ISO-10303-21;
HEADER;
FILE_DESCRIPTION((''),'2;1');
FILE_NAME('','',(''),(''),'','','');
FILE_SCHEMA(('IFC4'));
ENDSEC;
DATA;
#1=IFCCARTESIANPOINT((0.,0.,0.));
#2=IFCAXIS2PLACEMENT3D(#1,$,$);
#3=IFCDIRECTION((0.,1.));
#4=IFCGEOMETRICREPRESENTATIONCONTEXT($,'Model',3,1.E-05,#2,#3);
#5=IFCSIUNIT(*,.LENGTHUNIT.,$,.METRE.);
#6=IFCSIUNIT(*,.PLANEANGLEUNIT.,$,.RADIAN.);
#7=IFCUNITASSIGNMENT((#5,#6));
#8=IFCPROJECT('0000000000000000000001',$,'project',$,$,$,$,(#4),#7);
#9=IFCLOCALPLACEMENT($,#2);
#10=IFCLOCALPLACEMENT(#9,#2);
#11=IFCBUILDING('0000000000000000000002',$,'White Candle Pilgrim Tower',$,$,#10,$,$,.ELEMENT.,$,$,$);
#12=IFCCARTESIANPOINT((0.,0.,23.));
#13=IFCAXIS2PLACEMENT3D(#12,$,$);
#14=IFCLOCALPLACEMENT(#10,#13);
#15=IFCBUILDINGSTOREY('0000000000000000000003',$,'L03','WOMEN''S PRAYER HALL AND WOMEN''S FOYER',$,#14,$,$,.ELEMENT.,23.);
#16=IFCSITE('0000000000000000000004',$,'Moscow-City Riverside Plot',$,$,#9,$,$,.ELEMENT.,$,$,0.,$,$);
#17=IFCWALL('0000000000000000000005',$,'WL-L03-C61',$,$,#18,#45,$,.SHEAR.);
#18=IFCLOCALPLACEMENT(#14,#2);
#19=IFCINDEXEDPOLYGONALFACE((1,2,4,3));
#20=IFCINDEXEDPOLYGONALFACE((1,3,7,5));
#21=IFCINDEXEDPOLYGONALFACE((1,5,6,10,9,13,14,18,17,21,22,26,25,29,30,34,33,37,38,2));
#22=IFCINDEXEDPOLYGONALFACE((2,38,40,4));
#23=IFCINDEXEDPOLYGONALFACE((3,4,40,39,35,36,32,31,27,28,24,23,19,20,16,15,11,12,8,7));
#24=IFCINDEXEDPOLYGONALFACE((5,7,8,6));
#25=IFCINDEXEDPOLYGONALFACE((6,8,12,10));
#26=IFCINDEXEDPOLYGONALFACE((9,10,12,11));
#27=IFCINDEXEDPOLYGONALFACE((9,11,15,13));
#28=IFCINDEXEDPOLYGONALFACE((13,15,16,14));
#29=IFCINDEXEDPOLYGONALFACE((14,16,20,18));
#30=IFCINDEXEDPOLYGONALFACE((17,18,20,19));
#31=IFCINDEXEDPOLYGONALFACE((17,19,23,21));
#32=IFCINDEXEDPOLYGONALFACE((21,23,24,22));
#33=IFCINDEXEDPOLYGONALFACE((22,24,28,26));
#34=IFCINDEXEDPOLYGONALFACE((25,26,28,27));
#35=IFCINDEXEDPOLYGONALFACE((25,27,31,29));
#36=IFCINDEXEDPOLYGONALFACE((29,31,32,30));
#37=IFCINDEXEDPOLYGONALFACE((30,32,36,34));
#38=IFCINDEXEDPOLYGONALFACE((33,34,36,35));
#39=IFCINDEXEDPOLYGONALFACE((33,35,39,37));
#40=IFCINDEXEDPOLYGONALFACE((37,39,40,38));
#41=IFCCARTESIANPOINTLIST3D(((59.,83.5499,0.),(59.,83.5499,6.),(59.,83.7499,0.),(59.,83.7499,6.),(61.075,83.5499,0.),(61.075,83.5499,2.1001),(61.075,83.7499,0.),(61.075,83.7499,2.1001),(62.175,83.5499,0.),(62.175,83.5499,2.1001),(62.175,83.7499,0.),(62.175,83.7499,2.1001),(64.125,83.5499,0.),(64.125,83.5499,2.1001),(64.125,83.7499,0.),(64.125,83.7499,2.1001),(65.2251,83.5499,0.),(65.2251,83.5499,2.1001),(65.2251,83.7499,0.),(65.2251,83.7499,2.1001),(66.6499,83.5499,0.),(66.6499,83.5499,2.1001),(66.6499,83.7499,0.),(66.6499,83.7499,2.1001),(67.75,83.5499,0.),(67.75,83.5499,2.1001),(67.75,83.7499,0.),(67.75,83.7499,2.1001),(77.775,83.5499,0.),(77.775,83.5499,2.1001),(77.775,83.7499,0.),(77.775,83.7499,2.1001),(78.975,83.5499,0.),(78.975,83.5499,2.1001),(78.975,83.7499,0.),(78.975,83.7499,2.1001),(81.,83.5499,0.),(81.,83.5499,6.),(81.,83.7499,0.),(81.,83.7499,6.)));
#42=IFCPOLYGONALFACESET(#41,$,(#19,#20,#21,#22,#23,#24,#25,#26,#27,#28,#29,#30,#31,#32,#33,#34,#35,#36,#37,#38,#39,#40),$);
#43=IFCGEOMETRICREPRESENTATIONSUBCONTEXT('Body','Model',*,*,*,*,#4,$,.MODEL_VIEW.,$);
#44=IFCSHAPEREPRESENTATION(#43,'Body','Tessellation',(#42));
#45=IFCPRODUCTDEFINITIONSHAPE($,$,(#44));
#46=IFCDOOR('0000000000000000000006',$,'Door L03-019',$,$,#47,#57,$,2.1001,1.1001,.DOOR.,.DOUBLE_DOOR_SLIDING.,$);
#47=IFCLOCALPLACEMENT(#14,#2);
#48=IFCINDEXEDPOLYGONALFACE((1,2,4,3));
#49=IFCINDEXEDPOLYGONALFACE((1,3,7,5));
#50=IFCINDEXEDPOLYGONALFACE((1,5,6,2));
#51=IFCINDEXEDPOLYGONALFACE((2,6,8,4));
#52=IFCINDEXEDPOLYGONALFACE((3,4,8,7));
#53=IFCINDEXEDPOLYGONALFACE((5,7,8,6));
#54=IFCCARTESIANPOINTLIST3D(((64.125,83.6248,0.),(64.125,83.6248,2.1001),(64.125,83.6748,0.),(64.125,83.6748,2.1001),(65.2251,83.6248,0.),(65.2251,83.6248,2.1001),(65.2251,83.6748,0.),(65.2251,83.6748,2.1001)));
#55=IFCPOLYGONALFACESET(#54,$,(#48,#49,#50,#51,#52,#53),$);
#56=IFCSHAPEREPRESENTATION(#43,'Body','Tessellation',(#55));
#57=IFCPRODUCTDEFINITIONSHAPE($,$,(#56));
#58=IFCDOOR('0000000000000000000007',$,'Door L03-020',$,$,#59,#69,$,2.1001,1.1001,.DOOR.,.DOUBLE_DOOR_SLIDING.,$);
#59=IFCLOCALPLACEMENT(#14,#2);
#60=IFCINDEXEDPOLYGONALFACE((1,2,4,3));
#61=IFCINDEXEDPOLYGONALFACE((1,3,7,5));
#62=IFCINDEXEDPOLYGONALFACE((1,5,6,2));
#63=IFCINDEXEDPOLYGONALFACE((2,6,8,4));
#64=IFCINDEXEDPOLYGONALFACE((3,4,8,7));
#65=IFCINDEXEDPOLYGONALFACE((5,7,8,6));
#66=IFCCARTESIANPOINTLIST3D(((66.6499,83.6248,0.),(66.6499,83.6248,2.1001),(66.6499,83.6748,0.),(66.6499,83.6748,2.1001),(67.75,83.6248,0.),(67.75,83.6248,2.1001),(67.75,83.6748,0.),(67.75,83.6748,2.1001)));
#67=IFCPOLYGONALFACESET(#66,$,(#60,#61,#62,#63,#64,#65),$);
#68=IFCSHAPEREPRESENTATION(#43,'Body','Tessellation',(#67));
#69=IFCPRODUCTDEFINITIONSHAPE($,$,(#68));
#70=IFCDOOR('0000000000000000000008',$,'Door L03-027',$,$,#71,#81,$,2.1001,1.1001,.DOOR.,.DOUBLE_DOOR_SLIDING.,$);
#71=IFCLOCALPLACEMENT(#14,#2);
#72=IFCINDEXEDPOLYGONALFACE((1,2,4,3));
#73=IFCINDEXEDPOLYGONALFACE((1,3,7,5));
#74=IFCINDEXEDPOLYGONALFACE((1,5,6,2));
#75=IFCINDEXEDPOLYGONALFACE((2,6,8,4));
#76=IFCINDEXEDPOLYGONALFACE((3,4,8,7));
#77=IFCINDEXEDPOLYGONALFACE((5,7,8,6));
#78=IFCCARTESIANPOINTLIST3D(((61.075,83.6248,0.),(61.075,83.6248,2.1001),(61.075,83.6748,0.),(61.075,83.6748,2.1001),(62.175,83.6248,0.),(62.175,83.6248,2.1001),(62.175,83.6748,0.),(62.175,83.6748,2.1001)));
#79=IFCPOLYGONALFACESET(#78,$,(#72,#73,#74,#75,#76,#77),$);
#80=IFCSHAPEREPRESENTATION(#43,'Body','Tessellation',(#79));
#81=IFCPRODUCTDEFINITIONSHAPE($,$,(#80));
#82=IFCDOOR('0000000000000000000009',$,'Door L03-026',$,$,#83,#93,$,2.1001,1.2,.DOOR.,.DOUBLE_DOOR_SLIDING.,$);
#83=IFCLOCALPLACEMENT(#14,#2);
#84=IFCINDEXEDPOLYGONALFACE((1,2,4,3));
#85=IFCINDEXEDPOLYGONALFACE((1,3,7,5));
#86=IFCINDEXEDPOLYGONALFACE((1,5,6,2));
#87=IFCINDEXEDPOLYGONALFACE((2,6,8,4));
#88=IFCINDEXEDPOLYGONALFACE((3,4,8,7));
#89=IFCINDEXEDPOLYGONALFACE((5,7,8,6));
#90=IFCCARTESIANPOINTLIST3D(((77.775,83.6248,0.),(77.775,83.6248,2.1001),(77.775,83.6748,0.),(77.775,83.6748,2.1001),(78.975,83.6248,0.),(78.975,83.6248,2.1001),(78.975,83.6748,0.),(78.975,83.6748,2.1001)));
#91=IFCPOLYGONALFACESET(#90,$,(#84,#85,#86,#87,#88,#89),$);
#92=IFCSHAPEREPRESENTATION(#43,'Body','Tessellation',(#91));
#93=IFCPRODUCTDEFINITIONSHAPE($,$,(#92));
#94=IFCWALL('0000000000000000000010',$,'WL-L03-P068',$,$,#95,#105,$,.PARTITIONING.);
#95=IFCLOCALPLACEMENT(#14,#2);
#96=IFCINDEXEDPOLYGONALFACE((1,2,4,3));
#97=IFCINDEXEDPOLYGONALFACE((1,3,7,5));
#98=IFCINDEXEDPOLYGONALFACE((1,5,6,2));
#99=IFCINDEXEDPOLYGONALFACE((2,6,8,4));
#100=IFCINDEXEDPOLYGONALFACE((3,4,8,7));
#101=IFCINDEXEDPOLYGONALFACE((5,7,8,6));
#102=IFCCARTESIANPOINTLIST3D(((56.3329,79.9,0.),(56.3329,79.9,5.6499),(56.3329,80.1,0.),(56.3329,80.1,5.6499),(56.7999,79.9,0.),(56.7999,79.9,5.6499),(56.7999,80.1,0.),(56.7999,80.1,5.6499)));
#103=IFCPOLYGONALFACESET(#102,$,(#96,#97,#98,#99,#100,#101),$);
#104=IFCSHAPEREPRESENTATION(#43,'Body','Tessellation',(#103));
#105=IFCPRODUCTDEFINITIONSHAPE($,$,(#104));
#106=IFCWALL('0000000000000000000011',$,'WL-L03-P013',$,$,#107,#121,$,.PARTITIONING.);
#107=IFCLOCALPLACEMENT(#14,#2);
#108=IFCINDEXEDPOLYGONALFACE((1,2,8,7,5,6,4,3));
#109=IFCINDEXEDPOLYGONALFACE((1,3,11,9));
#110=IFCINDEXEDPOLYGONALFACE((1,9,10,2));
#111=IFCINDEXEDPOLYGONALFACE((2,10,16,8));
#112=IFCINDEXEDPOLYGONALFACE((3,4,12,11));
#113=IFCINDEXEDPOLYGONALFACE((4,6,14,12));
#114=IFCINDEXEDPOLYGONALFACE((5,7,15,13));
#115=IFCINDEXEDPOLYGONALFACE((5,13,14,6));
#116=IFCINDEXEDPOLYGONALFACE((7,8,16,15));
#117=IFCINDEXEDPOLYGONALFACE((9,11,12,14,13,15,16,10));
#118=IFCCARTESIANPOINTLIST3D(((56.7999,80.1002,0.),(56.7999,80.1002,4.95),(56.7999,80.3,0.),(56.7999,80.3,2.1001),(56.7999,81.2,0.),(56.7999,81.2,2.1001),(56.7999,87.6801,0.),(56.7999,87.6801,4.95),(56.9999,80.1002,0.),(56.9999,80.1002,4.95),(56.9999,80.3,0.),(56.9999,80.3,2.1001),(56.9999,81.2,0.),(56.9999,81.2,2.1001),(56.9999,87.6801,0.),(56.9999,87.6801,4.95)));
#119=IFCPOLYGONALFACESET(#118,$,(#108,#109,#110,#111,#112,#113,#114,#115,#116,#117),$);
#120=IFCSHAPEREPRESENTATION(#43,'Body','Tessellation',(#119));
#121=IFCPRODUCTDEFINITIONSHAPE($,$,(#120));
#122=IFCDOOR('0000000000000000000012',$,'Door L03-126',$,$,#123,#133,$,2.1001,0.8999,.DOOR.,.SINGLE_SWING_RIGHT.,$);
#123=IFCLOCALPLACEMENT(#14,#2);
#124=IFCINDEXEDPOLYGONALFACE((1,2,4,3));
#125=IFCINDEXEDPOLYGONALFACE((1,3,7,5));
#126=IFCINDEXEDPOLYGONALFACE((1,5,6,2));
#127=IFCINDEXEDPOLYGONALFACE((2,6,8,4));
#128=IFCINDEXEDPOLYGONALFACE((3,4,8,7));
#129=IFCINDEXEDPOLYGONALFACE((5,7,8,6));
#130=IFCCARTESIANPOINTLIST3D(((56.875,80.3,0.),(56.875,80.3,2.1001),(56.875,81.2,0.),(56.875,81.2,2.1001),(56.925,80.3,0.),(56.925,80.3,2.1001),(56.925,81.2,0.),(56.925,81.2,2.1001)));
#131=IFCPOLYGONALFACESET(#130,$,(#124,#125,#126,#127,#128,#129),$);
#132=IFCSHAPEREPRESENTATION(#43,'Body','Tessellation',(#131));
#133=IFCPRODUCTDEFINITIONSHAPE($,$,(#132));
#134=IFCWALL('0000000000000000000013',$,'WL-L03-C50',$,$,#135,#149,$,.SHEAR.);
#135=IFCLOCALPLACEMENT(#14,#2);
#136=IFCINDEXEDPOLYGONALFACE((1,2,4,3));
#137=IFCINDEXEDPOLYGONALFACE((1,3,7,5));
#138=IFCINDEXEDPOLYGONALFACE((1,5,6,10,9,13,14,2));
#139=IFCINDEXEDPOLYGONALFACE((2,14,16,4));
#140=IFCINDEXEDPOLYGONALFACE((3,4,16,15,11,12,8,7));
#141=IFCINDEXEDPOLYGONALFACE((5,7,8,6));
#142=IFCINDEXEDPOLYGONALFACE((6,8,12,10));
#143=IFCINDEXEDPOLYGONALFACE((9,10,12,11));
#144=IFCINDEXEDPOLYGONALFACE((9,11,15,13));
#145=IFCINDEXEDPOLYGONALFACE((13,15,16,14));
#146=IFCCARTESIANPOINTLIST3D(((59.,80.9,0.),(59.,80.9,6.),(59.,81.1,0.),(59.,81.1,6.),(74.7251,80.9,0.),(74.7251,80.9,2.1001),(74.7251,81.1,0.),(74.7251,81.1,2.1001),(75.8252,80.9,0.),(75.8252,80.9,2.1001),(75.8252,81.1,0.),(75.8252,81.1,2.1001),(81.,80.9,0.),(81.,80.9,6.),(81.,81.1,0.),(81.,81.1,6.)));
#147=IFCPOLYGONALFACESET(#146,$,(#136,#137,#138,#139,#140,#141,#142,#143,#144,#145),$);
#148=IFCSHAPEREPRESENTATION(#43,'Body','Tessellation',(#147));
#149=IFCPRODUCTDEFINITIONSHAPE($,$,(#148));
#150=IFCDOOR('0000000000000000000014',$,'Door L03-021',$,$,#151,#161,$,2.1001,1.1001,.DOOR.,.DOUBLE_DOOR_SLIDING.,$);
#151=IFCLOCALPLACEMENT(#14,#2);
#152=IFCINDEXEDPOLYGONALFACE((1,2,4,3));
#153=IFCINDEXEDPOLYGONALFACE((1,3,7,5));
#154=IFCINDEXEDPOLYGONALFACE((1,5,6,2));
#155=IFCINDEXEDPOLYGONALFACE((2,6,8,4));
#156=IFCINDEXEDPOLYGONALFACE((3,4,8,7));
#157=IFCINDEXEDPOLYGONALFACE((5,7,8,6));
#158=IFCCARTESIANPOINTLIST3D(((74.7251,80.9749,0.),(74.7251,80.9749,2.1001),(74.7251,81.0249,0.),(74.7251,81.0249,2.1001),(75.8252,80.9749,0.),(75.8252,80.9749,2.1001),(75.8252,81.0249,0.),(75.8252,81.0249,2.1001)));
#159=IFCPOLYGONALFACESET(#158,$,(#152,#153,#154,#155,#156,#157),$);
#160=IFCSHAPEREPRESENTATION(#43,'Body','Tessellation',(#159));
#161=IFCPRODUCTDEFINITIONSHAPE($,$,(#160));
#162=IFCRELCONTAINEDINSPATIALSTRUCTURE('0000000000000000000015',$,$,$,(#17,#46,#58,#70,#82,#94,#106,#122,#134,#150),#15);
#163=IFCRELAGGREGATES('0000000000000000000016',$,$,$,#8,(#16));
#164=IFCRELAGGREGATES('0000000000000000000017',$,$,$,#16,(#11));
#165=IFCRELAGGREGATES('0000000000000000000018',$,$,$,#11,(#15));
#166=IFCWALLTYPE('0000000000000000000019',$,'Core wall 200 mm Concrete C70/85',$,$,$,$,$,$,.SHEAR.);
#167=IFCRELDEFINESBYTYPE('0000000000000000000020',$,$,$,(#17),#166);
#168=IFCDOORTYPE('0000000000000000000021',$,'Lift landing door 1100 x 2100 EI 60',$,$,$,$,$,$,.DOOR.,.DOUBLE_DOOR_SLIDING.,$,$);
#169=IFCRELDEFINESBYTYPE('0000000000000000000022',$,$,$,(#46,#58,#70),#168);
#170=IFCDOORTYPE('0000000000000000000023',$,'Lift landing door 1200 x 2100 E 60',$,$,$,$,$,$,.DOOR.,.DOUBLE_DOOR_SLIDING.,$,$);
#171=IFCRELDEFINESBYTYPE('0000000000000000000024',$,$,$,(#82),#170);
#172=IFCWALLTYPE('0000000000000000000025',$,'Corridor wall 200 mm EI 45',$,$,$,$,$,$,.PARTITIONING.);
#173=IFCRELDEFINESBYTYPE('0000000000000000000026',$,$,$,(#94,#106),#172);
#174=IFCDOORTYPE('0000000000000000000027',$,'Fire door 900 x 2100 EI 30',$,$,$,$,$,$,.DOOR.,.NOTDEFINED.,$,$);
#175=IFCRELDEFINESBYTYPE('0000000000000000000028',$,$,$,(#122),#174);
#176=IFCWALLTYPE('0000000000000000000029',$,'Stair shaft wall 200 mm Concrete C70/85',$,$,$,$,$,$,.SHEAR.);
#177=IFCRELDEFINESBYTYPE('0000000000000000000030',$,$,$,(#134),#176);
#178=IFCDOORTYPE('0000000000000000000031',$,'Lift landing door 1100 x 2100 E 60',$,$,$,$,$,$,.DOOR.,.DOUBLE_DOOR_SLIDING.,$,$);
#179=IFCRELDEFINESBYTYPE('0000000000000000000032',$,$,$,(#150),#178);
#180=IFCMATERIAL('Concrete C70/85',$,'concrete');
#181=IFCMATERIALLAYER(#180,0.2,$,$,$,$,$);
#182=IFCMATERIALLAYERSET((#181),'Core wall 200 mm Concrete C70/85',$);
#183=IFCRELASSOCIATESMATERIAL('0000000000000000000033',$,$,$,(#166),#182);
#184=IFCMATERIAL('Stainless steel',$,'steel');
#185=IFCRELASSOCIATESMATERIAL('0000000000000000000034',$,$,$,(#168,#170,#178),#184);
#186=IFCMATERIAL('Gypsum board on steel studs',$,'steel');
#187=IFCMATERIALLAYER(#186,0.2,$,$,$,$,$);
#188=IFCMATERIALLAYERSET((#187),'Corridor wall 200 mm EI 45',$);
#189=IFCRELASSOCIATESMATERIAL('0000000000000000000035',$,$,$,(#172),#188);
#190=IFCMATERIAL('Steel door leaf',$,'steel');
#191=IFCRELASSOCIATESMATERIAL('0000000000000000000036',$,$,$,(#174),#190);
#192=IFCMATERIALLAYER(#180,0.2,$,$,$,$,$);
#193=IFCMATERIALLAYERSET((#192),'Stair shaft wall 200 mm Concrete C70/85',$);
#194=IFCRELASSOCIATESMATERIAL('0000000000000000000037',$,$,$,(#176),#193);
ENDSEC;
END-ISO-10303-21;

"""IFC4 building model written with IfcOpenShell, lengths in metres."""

from ifc_helpers import new_model, si_unit, direction, frame, frame_2d, origin, place, context, subcontext, project, spatial, rectangle, extrude, material, layer, layer_set, type_object, element, fill, save


model = new_model("IFC4")

# Units and contexts
model_context = context("Model", 3, precision=1e-05, world=origin(), true_north=direction((0.0, 1.0)))
body_context = subcontext(model_context, "Body", "Model", "MODEL_VIEW")
ifc_project = project(units=[si_unit("LENGTHUNIT", "METRE"), si_unit("PLANEANGLEUNIT", "RADIAN")], contexts=[model_context])

# Site, building, storey
site_placement = place(None, origin())
site = spatial("IfcSite", under=ifc_project, at=site_placement, Name="Moscow-City Riverside Plot", CompositionType="ELEMENT", RefElevation=0.0)
building_placement = place(site_placement, origin())
building = spatial("IfcBuilding", under=site, at=building_placement, Name="White Candle Pilgrim Tower", CompositionType="ELEMENT")
storey_placement = place(building_placement, frame((0.0, 0.0, 23.0)))
storey = spatial("IfcBuildingStorey", under=building, at=storey_placement, Name="L03", Description="WOMEN'S PRAYER HALL AND WOMEN'S FOYER", CompositionType="ELEMENT", Elevation=23.0)

# Shared definitions
ifc_material_1 = material(Name="Concrete C70/85", Category="concrete")
ifc_layer_1 = layer(ifc_material_1, 0.2)
ifc_layer_set_1 = layer_set([ifc_layer_1], Name="Core wall 200 mm Concrete C70/85")
wall_type_1 = type_object("IfcWallType", Name="Core wall 200 mm Concrete C70/85", PredefinedType="SHEAR", material=ifc_layer_set_1)

# Wall, openings, doors
wall_1_placement = place(storey_placement, frame((59.0, 83.6499, 0.0), z_axis=(0.0, 0.0, 1.0), x_axis=(1.0, 0.0, 0.0)))
wall_1 = element("IfcWall", 1, at=wall_1_placement, inside=storey, type_object=wall_type_1, Name="WL-L03-C61", PredefinedType="SHEAR", context=body_context, shape_type="SweptSolid", body=[
    extrude(rectangle(XDim=22.0, YDim=0.2, at=frame_2d((11.0, 0.0))), origin(), (0.0, 0.0, 1.0), 6.0),
])
opening_1_placement = place(wall_1_placement, frame((5.125, 0.0, 0.0)))
opening_1 = element("IfcOpeningElement", 2, at=opening_1_placement, cuts=wall_1, PredefinedType="OPENING", context=body_context, shape_type="SweptSolid", body=[
    extrude(rectangle(XDim=1.1001, YDim=2.1001, at=frame_2d((0.55, 1.05))), frame((0.0, 0.1099, 0.0), z_axis=(0.0, -1.0, 0.0), x_axis=(1.0, 0.0, 0.0)), (0.0, 0.0, 1.0), 0.22),
])
opening_2_placement = place(wall_1_placement, frame((7.6499, 0.0, 0.0)))
opening_2 = element("IfcOpeningElement", 3, at=opening_2_placement, cuts=wall_1, PredefinedType="OPENING", context=body_context, shape_type="SweptSolid", body=[
    extrude(rectangle(XDim=1.1001, YDim=2.1001, at=frame_2d((0.55, 1.05))), frame((0.0, 0.1099, 0.0), z_axis=(0.0, -1.0, 0.0), x_axis=(1.0, 0.0, 0.0)), (0.0, 0.0, 1.0), 0.22),
])
opening_3_placement = place(wall_1_placement, frame((18.7749, 0.0, 0.0)))
opening_3 = element("IfcOpeningElement", 4, at=opening_3_placement, cuts=wall_1, PredefinedType="OPENING", context=body_context, shape_type="SweptSolid", body=[
    extrude(rectangle(XDim=1.2, YDim=2.1001, at=frame_2d((0.6001, 1.05))), frame((0.0, 0.1099, 0.0), z_axis=(0.0, -1.0, 0.0), x_axis=(1.0, 0.0, 0.0)), (0.0, 0.0, 1.0), 0.22),
])
opening_4_placement = place(wall_1_placement, frame((2.075, 0.0, 0.0)))
opening_4 = element("IfcOpeningElement", 5, at=opening_4_placement, cuts=wall_1, PredefinedType="OPENING", context=body_context, shape_type="SweptSolid", body=[
    extrude(rectangle(XDim=1.1001, YDim=2.1001, at=frame_2d((0.55, 1.05))), frame((0.0, 0.1099, 0.0), z_axis=(0.0, -1.0, 0.0), x_axis=(1.0, 0.0, 0.0)), (0.0, 0.0, 1.0), 0.22),
])
ifc_material_2 = material(Name="Stainless steel", Category="steel")
door_type_1 = type_object("IfcDoorType", Name="Lift landing door 1100 x 2100 EI 60", OperationType="DOUBLE_DOOR_SLIDING", PredefinedType="DOOR", material=ifc_material_2)
door_1_placement = place(opening_1_placement, origin())
door_1 = element("IfcDoor", 6, at=door_1_placement, inside=storey, type_object=door_type_1, Name="Door L03-019", OperationType="DOUBLE_DOOR_SLIDING", OverallHeight=2.1001, OverallWidth=1.1001, PredefinedType="DOOR", context=body_context, shape_type="SweptSolid", body=[
    extrude(rectangle(XDim=1.1001, YDim=2.1001, at=frame_2d((0.55, 1.05))), frame((0.0, 0.0249, 0.0), z_axis=(0.0, -1.0, 0.0), x_axis=(1.0, 0.0, 0.0)), (0.0, 0.0, 1.0), 0.05),
])
fill(opening_1, door_1)
door_2_placement = place(opening_2_placement, origin())
door_2 = element("IfcDoor", 7, at=door_2_placement, inside=storey, type_object=door_type_1, Name="Door L03-020", OperationType="DOUBLE_DOOR_SLIDING", OverallHeight=2.1001, OverallWidth=1.1001, PredefinedType="DOOR", context=body_context, shape_type="SweptSolid", body=[
    extrude(rectangle(XDim=1.1001, YDim=2.1001, at=frame_2d((0.55, 1.05))), frame((0.0, 0.0249, 0.0), z_axis=(0.0, -1.0, 0.0), x_axis=(1.0, 0.0, 0.0)), (0.0, 0.0, 1.0), 0.05),
])
fill(opening_2, door_2)
door_3_placement = place(opening_4_placement, origin())
door_3 = element("IfcDoor", 8, at=door_3_placement, inside=storey, type_object=door_type_1, Name="Door L03-027", OperationType="DOUBLE_DOOR_SLIDING", OverallHeight=2.1001, OverallWidth=1.1001, PredefinedType="DOOR", context=body_context, shape_type="SweptSolid", body=[
    extrude(rectangle(XDim=1.1001, YDim=2.1001, at=frame_2d((0.55, 1.05))), frame((0.0, 0.0249, 0.0), z_axis=(0.0, -1.0, 0.0), x_axis=(1.0, 0.0, 0.0)), (0.0, 0.0, 1.0), 0.05),
])
fill(opening_4, door_3)
door_type_2 = type_object("IfcDoorType", Name="Lift landing door 1200 x 2100 E 60", OperationType="DOUBLE_DOOR_SLIDING", PredefinedType="DOOR", material=ifc_material_2)
door_4_placement = place(opening_3_placement, origin())
door_4 = element("IfcDoor", 9, at=door_4_placement, inside=storey, type_object=door_type_2, Name="Door L03-026", OperationType="DOUBLE_DOOR_SLIDING", OverallHeight=2.1001, OverallWidth=1.2, PredefinedType="DOOR", context=body_context, shape_type="SweptSolid", body=[
    extrude(rectangle(XDim=1.2, YDim=2.1001, at=frame_2d((0.6001, 1.05))), frame((0.0, 0.0249, 0.0), z_axis=(0.0, -1.0, 0.0), x_axis=(1.0, 0.0, 0.0)), (0.0, 0.0, 1.0), 0.05),
])
fill(opening_3, door_4)

# Wall
ifc_material_3 = material(Name="Gypsum board on steel studs", Category="steel")
ifc_layer_2 = layer(ifc_material_3, 0.2)
ifc_layer_set_2 = layer_set([ifc_layer_2], Name="Corridor wall 200 mm EI 45")
wall_type_2 = type_object("IfcWallType", Name="Corridor wall 200 mm EI 45", PredefinedType="PARTITIONING", material=ifc_layer_set_2)
wall_2_placement = place(storey_placement, frame((56.333, 80.0, 0.0), z_axis=(0.0, 0.0, 1.0), x_axis=(1.0, 0.0, 0.0)))
element("IfcWall", 10, at=wall_2_placement, inside=storey, type_object=wall_type_2, Name="WL-L03-P068", PredefinedType="PARTITIONING", context=body_context, shape_type="SweptSolid", body=[
    extrude(rectangle(XDim=0.467, YDim=0.2, at=frame_2d((0.2334, 0.0))), origin(), (0.0, 0.0, 1.0), 5.6499),
])

# Walls, openings, doors
wall_3_placement = place(storey_placement, frame((56.8999, 80.1001, 0.0), z_axis=(0.0, 0.0, 1.0), x_axis=(0.0, 1.0, 0.0)))
wall_3 = element("IfcWall", 11, at=wall_3_placement, inside=storey, type_object=wall_type_2, Name="WL-L03-P013", PredefinedType="PARTITIONING", context=body_context, shape_type="SweptSolid", body=[
    extrude(rectangle(XDim=7.5798, YDim=0.2, at=frame_2d((3.79, 0.0))), origin(), (0.0, 0.0, 1.0), 4.95),
])
opening_5_placement = place(wall_3_placement, frame((0.2, 0.0, 0.0)))
opening_5 = element("IfcOpeningElement", 12, at=opening_5_placement, cuts=wall_3, PredefinedType="OPENING", context=body_context, shape_type="SweptSolid", body=[
    extrude(rectangle(XDim=0.8999, YDim=2.1001, at=frame_2d((0.45, 1.05))), frame((0.0, 0.1099, 0.0), z_axis=(0.0, -1.0, 0.0), x_axis=(1.0, 0.0, 0.0)), (0.0, 0.0, 1.0), 0.22),
])
ifc_material_4 = material(Name="Steel door leaf", Category="steel")
door_type_3 = type_object("IfcDoorType", Name="Fire door 900 x 2100 EI 30", OperationType="NOTDEFINED", PredefinedType="DOOR", material=ifc_material_4)
door_5_placement = place(opening_5_placement, origin())
door_5 = element("IfcDoor", 13, at=door_5_placement, inside=storey, type_object=door_type_3, Name="Door L03-126", OperationType="SINGLE_SWING_RIGHT", OverallHeight=2.1001, OverallWidth=0.8999, PredefinedType="DOOR", context=body_context, shape_type="SweptSolid", body=[
    extrude(rectangle(XDim=0.8999, YDim=2.1001, at=frame_2d((0.45, 1.05))), frame((0.0, 0.0249, 0.0), z_axis=(0.0, -1.0, 0.0), x_axis=(1.0, 0.0, 0.0)), (0.0, 0.0, 1.0), 0.05),
])
fill(opening_5, door_5)
ifc_layer_3 = layer(ifc_material_1, 0.2)
ifc_layer_set_3 = layer_set([ifc_layer_3], Name="Stair shaft wall 200 mm Concrete C70/85")
wall_type_3 = type_object("IfcWallType", Name="Stair shaft wall 200 mm Concrete C70/85", PredefinedType="SHEAR", material=ifc_layer_set_3)
wall_4_placement = place(storey_placement, frame((59.0, 81.0, 0.0), z_axis=(0.0, 0.0, 1.0), x_axis=(1.0, 0.0, 0.0)))
wall_4 = element("IfcWall", 14, at=wall_4_placement, inside=storey, type_object=wall_type_3, Name="WL-L03-C50", PredefinedType="SHEAR", context=body_context, shape_type="SweptSolid", body=[
    extrude(rectangle(XDim=22.0, YDim=0.2, at=frame_2d((11.0, 0.0))), origin(), (0.0, 0.0, 1.0), 6.0),
])
opening_6_placement = place(wall_4_placement, frame((15.7251, 0.0, 0.0)))
opening_6 = element("IfcOpeningElement", 15, at=opening_6_placement, cuts=wall_4, PredefinedType="OPENING", context=body_context, shape_type="SweptSolid", body=[
    extrude(rectangle(XDim=1.1001, YDim=2.1001, at=frame_2d((0.55, 1.05))), frame((0.0, 0.1099, 0.0), z_axis=(0.0, -1.0, 0.0), x_axis=(1.0, 0.0, 0.0)), (0.0, 0.0, 1.0), 0.22),
])
door_type_4 = type_object("IfcDoorType", Name="Lift landing door 1100 x 2100 E 60", OperationType="DOUBLE_DOOR_SLIDING", PredefinedType="DOOR", material=ifc_material_2)
door_6_placement = place(opening_6_placement, origin())
door_6 = element("IfcDoor", 16, at=door_6_placement, inside=storey, type_object=door_type_4, Name="Door L03-021", OperationType="DOUBLE_DOOR_SLIDING", OverallHeight=2.1001, OverallWidth=1.1001, PredefinedType="DOOR", context=body_context, shape_type="SweptSolid", body=[
    extrude(rectangle(XDim=1.1001, YDim=2.1001, at=frame_2d((0.55, 1.05))), frame((0.0, 0.0249, 0.0), z_axis=(0.0, -1.0, 0.0), x_axis=(1.0, 0.0, 0.0)), (0.0, 0.0, 1.0), 0.05),
])
fill(opening_6, door_6)

save(model, "model.ifc")
